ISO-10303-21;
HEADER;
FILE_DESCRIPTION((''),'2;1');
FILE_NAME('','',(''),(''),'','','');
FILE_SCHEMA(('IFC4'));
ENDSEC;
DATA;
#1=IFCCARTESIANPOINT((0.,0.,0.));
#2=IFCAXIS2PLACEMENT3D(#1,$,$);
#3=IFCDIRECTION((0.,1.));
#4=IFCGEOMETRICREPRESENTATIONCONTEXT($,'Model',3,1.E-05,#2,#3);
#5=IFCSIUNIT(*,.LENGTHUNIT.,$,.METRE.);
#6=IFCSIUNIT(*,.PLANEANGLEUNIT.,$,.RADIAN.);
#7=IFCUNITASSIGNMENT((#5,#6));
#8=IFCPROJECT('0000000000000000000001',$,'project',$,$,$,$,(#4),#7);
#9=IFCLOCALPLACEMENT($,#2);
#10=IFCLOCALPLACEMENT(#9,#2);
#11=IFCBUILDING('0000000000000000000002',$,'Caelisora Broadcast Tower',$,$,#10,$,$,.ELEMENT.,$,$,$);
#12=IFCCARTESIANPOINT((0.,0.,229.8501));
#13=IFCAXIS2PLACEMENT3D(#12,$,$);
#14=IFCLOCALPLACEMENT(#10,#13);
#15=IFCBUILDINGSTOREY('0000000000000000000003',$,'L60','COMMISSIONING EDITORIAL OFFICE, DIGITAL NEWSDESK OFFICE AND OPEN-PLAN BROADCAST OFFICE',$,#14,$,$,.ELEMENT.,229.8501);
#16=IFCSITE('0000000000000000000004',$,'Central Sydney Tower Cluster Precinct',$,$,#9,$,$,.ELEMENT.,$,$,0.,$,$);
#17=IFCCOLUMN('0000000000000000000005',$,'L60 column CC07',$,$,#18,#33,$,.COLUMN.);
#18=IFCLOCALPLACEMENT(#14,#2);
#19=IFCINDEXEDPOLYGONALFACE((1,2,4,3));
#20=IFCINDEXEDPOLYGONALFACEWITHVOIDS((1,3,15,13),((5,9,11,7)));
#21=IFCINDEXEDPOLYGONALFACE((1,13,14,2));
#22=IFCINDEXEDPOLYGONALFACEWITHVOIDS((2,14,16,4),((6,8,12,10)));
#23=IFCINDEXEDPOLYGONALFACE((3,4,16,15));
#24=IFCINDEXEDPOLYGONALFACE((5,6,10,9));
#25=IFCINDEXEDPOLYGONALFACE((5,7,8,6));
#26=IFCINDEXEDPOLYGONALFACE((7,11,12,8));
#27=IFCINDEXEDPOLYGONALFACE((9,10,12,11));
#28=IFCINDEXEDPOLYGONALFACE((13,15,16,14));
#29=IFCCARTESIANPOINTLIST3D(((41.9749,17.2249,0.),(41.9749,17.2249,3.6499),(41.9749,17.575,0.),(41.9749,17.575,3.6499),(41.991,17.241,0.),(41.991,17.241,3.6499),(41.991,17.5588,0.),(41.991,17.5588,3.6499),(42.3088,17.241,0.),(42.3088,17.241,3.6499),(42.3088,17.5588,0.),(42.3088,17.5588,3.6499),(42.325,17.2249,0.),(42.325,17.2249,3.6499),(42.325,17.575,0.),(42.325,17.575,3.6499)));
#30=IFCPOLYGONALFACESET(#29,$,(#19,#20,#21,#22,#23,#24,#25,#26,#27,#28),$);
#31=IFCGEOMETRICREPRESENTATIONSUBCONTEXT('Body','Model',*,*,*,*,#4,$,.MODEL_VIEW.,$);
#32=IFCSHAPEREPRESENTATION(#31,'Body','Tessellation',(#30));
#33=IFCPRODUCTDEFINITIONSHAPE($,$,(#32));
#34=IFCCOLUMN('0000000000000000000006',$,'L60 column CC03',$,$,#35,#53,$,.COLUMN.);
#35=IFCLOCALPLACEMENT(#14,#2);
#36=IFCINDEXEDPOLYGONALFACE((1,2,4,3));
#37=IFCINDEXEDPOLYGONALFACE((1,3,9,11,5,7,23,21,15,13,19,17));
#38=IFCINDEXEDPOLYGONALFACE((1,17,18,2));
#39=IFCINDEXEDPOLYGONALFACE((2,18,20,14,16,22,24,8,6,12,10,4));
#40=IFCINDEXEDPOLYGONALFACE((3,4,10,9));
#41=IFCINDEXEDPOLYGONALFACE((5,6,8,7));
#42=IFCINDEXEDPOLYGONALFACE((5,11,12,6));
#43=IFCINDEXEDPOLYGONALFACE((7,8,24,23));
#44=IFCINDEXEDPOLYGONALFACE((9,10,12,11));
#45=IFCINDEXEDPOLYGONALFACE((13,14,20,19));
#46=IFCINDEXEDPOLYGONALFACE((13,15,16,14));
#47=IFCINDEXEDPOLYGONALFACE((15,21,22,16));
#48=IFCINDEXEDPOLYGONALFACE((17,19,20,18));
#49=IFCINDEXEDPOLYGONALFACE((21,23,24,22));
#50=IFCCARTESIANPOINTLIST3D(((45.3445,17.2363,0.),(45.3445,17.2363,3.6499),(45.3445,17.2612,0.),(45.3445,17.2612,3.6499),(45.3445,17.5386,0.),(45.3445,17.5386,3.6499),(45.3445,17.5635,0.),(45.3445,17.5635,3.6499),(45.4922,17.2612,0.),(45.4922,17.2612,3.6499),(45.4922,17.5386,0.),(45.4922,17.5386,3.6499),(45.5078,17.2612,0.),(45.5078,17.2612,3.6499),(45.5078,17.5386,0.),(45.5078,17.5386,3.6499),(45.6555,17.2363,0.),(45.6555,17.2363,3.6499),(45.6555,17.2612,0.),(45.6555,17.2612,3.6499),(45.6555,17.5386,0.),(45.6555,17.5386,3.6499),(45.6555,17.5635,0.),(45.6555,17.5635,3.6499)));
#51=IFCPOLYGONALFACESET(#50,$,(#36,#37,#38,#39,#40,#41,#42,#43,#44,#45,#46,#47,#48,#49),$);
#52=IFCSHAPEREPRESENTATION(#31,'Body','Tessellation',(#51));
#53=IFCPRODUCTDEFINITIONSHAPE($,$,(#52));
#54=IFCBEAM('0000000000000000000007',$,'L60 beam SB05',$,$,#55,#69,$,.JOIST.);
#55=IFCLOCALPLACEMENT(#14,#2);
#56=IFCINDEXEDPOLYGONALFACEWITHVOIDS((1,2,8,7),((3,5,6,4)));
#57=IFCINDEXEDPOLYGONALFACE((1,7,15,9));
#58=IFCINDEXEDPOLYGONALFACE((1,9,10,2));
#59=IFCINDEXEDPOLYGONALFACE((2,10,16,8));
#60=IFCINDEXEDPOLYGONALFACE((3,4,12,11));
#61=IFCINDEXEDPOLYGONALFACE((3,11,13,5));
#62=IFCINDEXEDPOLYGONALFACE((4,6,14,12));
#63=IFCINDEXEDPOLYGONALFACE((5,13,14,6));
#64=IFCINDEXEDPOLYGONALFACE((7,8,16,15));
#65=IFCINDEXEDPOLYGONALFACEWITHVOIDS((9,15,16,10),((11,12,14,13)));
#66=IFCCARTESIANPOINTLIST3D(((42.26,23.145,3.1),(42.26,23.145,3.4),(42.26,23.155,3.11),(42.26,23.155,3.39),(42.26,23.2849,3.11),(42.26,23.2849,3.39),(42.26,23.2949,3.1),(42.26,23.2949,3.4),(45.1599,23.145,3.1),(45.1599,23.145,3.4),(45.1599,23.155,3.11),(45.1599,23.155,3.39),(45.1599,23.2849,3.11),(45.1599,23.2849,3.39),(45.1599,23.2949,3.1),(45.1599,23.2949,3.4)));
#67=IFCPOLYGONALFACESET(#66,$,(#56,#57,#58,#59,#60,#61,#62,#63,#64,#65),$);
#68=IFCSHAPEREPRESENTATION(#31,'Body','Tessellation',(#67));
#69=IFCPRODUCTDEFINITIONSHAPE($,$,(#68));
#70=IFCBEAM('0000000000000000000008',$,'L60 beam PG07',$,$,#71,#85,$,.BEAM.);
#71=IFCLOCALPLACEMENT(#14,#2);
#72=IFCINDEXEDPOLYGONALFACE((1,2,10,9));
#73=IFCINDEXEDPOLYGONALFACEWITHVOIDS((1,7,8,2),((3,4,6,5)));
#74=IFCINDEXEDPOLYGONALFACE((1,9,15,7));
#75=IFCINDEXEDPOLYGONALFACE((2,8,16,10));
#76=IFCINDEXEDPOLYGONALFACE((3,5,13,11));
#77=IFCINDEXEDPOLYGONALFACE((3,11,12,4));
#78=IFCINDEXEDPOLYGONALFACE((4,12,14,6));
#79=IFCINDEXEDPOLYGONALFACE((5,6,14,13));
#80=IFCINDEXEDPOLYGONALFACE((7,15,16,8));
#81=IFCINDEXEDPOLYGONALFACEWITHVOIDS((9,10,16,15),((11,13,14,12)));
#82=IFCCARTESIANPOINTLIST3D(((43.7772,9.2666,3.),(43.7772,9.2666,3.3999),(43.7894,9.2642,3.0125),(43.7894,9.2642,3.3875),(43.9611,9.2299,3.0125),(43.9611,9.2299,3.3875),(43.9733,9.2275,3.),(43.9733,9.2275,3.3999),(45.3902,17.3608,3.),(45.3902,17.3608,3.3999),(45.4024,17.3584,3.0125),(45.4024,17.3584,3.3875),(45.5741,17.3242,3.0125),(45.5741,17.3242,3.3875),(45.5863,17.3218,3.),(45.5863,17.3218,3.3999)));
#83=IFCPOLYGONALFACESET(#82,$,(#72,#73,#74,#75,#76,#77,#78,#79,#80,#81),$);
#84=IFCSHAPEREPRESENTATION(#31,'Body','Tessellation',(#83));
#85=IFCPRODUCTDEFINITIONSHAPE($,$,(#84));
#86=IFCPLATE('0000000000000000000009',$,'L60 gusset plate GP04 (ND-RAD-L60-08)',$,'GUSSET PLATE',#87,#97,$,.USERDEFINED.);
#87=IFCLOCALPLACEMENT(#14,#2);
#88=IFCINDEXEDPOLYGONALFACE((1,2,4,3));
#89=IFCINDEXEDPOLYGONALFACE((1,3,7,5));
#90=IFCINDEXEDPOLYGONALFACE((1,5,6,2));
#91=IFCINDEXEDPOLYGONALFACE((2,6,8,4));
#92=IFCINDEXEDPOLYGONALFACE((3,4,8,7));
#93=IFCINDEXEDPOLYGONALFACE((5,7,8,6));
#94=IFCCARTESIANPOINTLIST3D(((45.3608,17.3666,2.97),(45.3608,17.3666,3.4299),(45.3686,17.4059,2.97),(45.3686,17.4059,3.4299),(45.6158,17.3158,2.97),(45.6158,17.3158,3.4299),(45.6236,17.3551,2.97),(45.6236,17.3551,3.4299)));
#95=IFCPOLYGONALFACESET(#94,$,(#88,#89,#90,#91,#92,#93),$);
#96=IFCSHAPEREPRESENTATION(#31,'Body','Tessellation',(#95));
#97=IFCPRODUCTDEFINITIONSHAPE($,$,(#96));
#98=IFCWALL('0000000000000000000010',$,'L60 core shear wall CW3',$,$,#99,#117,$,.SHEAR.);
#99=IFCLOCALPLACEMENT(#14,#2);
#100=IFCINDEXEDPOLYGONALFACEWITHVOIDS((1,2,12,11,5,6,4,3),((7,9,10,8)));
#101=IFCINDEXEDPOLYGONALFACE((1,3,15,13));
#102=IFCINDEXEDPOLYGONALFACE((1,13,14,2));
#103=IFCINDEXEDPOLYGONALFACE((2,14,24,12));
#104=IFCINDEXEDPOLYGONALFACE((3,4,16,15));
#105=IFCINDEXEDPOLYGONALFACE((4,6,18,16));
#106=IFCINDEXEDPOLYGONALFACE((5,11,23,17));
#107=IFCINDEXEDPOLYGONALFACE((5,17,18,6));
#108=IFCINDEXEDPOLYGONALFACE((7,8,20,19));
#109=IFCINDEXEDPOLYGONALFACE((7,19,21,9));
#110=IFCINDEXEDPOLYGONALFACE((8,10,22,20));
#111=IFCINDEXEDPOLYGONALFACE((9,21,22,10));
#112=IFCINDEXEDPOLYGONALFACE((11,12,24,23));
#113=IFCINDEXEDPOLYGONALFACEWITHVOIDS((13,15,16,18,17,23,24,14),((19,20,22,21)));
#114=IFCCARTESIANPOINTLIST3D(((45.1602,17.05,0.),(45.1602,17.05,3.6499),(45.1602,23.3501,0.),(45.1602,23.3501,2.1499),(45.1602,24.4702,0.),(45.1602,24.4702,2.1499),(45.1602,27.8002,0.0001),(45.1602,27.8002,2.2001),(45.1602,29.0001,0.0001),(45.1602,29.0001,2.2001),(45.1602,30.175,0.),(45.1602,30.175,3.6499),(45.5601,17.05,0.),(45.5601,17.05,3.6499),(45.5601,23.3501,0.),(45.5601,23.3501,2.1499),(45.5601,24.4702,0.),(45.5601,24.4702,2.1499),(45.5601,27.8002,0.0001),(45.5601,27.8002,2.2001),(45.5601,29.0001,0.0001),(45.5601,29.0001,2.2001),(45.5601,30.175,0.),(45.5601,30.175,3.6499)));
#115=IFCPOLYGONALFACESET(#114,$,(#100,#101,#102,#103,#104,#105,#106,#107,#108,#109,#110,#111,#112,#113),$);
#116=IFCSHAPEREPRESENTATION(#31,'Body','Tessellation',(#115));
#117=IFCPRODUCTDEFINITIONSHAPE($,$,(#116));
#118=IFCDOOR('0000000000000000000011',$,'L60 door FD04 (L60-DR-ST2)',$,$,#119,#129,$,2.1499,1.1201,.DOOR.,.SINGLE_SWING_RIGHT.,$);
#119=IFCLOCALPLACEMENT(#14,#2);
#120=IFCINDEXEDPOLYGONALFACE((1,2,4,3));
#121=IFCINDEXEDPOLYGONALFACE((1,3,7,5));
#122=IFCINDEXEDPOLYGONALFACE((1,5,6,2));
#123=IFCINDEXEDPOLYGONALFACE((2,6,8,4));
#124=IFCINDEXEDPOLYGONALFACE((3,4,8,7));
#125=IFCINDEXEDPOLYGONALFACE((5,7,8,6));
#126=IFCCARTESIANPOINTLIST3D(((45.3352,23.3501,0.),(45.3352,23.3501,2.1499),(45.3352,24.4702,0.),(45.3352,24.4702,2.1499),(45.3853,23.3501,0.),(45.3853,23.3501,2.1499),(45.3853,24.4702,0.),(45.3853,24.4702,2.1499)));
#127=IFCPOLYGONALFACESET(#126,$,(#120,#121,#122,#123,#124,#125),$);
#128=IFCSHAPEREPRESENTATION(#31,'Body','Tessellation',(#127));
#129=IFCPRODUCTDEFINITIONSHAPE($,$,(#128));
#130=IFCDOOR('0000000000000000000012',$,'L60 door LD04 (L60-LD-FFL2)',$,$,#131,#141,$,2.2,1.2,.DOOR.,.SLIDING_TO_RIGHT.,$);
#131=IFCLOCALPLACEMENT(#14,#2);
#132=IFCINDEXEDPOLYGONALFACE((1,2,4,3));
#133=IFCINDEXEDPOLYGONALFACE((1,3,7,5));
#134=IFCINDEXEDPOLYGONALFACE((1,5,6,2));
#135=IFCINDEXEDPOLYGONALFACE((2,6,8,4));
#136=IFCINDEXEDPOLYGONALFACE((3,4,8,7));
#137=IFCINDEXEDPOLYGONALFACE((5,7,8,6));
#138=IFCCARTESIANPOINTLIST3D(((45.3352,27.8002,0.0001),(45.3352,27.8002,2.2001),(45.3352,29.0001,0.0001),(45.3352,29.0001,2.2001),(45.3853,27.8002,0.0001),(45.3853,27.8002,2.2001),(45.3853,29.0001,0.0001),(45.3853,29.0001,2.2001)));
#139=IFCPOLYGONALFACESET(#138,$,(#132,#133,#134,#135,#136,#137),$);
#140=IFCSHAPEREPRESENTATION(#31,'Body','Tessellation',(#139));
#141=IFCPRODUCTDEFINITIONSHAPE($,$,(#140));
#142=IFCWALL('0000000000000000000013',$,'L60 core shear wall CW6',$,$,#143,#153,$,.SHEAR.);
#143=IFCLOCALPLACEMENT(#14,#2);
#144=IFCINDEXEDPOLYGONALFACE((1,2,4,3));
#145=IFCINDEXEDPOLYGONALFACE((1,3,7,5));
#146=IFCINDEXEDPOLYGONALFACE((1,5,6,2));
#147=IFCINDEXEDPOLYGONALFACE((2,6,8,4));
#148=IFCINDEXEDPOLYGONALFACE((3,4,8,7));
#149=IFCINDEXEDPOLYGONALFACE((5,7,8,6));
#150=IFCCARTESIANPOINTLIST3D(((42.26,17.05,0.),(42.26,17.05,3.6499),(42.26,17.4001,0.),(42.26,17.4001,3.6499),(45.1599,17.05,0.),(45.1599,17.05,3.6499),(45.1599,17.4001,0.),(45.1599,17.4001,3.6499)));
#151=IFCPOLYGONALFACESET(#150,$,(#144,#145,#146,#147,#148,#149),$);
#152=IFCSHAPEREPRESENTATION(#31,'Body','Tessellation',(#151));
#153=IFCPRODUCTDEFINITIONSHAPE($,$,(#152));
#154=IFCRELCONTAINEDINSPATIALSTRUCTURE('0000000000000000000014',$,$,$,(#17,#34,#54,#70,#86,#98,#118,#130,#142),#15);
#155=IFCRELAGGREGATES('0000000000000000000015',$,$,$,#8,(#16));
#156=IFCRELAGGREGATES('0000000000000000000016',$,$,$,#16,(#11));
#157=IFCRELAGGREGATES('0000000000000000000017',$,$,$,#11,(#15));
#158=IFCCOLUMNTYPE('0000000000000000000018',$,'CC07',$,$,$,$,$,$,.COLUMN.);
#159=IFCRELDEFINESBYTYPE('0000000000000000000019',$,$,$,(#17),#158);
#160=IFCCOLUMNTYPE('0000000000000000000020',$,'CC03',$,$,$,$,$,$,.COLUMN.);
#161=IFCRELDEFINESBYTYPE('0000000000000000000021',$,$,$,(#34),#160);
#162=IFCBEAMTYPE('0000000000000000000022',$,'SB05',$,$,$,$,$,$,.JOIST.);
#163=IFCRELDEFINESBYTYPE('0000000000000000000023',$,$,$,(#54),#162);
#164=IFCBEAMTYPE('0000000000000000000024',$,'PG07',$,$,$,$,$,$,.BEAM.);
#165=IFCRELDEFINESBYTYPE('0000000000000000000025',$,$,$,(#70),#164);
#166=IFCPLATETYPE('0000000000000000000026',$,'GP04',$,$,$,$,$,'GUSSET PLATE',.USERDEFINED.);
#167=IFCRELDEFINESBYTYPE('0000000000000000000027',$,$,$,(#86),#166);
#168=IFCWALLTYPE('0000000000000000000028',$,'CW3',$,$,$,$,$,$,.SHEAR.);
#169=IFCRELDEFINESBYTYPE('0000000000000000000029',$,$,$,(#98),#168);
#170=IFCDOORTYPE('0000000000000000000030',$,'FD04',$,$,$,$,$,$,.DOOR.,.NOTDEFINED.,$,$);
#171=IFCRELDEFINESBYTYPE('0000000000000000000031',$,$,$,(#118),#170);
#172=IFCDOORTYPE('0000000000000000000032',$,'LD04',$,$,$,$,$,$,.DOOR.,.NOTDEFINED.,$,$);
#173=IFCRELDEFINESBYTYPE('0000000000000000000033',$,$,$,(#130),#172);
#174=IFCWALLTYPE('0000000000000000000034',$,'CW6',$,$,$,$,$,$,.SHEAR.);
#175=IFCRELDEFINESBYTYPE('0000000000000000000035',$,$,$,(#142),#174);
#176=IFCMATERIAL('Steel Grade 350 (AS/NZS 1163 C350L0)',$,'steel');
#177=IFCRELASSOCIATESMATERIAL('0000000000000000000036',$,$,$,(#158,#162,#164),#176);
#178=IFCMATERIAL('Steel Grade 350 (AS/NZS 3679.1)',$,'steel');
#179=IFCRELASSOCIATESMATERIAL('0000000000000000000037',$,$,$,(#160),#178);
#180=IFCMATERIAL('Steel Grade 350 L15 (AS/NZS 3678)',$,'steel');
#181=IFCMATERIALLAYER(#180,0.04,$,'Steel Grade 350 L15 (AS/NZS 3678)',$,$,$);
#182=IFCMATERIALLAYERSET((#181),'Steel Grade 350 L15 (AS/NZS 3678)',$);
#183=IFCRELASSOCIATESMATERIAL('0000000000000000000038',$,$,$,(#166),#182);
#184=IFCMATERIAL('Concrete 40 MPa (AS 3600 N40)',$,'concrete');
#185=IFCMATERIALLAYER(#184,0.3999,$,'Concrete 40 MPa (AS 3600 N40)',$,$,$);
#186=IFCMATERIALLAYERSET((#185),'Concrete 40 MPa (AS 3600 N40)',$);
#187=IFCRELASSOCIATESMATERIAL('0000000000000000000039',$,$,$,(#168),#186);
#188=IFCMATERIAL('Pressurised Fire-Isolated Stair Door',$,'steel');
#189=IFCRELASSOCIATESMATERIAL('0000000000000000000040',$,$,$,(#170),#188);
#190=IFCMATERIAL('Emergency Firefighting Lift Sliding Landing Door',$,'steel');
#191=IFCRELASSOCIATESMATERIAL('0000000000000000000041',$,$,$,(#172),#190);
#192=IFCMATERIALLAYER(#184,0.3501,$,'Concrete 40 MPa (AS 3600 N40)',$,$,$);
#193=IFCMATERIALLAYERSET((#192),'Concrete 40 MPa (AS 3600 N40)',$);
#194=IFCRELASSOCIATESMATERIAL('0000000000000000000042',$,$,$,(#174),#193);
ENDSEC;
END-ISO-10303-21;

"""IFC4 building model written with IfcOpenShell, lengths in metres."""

from ifc_helpers import new_model, si_unit, direction, frame, frame_2d, origin, origin_2d, place, context, subcontext, project, spatial, rectangle, hollow_rectangle, i_section, extrude, source, transform, mapped, material, layer, layer_set, material_profile, profile_set, type_object, type_shapes, element, fill, save


model = new_model("IFC4")

# Units and contexts
model_context = context("Model", 3, precision=1e-05, world=origin(), true_north=direction((0.0, 1.0)))
body_context = subcontext(model_context, "Body", "Model", "MODEL_VIEW")
ifc_project = project(units=[si_unit("LENGTHUNIT", "METRE"), si_unit("PLANEANGLEUNIT", "RADIAN")], contexts=[model_context])

# Site, building, storey
site_placement = place(None, origin())
site = spatial("IfcSite", under=ifc_project, at=site_placement, Name="Central Sydney Tower Cluster Precinct", CompositionType="ELEMENT", RefElevation=0.0)
building_placement = place(site_placement, origin())
building = spatial("IfcBuilding", under=site, at=building_placement, Name="Caelisora Broadcast Tower", CompositionType="ELEMENT")
storey_placement = place(building_placement, frame((0.0, 0.0, 229.8501)))
storey = spatial("IfcBuildingStorey", under=building, at=storey_placement, Name="L60", Description="COMMISSIONING EDITORIAL OFFICE, DIGITAL NEWSDESK OFFICE AND OPEN-PLAN BROADCAST OFFICE", CompositionType="ELEMENT", Elevation=229.8501)

# Columns
ifc_material_1 = material(Name="Steel Grade 350 (AS/NZS 1163 C350L0)", Category="steel")
ifc_material_profile_1 = material_profile(ifc_material_1, hollow_rectangle(XDim=0.3501, YDim=0.3501, WallThickness=0.0161, at=origin_2d()), Name="Steel Grade 350 (AS/NZS 1163 C350L0)")
ifc_profile_set_1 = profile_set([ifc_material_profile_1], Name="Steel Grade 350 (AS/NZS 1163 C350L0)")
column_type_1 = type_object("IfcColumnType", Name="CC07", PredefinedType="COLUMN", material=ifc_profile_set_1)
shared_shape_1 = source(origin(), body_context, "Body", "SweptSolid", [
    extrude(hollow_rectangle(XDim=0.3501, YDim=0.3501, WallThickness=0.0161, at=origin_2d()), origin(), (0.0, 0.0, 1.0), 3.6499),
])
type_shapes(column_type_1, [shared_shape_1])
column_1_placement = place(storey_placement, frame((42.1499, 17.3999, 0.0), z_axis=(0.0, 0.0, 1.0), x_axis=(1.0, 0.0, 0.0)))
element("IfcColumn", 1, at=column_1_placement, inside=storey, type_object=column_type_1, Name="L60 column CC07", PredefinedType="COLUMN", context=body_context, shape_type="MappedRepresentation", body=[
    mapped(shared_shape_1, transform((0.0, 0.0, 0.0), scale=1.0)),
])
ifc_material_2 = material(Name="Steel Grade 350 (AS/NZS 3679.1)", Category="steel")
ifc_material_profile_2 = material_profile(ifc_material_2, i_section(OverallWidth=0.311, OverallDepth=0.3271, WebThickness=0.0156, FlangeThickness=0.0249, at=origin_2d()), Name="Steel Grade 350 (AS/NZS 3679.1)")
ifc_profile_set_2 = profile_set([ifc_material_profile_2], Name="Steel Grade 350 (AS/NZS 3679.1)")
column_type_2 = type_object("IfcColumnType", Name="CC03", PredefinedType="COLUMN", material=ifc_profile_set_2)
shared_shape_2 = source(origin(), body_context, "Body", "SweptSolid", [
    extrude(i_section(OverallWidth=0.311, OverallDepth=0.3271, WebThickness=0.0156, FlangeThickness=0.0249, at=origin_2d()), origin(), (0.0, 0.0, 1.0), 3.6499),
])
type_shapes(column_type_2, [shared_shape_2])
column_2_placement = place(storey_placement, frame((45.5, 17.3999, 0.0), z_axis=(0.0, 0.0, 1.0), x_axis=(1.0, 0.0, 0.0)))
element("IfcColumn", 2, at=column_2_placement, inside=storey, type_object=column_type_2, Name="L60 column CC03", PredefinedType="COLUMN", context=body_context, shape_type="MappedRepresentation", body=[
    mapped(shared_shape_2, transform((0.0, 0.0, 0.0), scale=1.0)),
])

# Beams
ifc_material_profile_3 = material_profile(ifc_material_1, hollow_rectangle(XDim=0.1499, YDim=0.3, WallThickness=0.01, at=origin_2d()), Name="Steel Grade 350 (AS/NZS 1163 C350L0)")
ifc_profile_set_3 = profile_set([ifc_material_profile_3], Name="Steel Grade 350 (AS/NZS 1163 C350L0)")
beam_type_1 = type_object("IfcBeamType", Name="SB05", PredefinedType="JOIST", material=ifc_profile_set_3)
shared_shape_3 = source(origin(), body_context, "Body", "SweptSolid", [
    extrude(hollow_rectangle(XDim=0.1499, YDim=0.3, WallThickness=0.01, at=origin_2d()), origin(), (0.0, 0.0, 1.0), 2.8999),
])
type_shapes(beam_type_1, [shared_shape_3])
beam_1_placement = place(storey_placement, frame((42.26, 23.22, 3.25), z_axis=(1.0, 0.0, 0.0), x_axis=(0.0, 1.0, 0.0)))
element("IfcBeam", 3, at=beam_1_placement, inside=storey, type_object=beam_type_1, Name="L60 beam SB05", PredefinedType="JOIST", context=body_context, shape_type="MappedRepresentation", body=[
    mapped(shared_shape_3, transform((0.0, 0.0, 0.0), scale=1.0)),
])
ifc_material_profile_4 = material_profile(ifc_material_1, hollow_rectangle(XDim=0.2, YDim=0.3999, WallThickness=0.0125, at=origin_2d()), Name="Steel Grade 350 (AS/NZS 1163 C350L0)")
ifc_profile_set_4 = profile_set([ifc_material_profile_4], Name="Steel Grade 350 (AS/NZS 1163 C350L0)")
beam_type_2 = type_object("IfcBeamType", Name="PG07", PredefinedType="BEAM", material=ifc_profile_set_4)
shared_shape_4 = source(origin(), body_context, "Body", "SweptSolid", [
    extrude(hollow_rectangle(XDim=0.2, YDim=0.3999, WallThickness=0.0125, at=origin_2d()), origin(), (0.0, 0.0, 1.0), 8.2534),
])
type_shapes(beam_type_2, [shared_shape_4])
beam_2_placement = place(storey_placement, frame((45.4883, 17.3413, 3.2), z_axis=(-0.195439, -0.980716, 0.0), x_axis=(0.980716, -0.195439, 0.0)))
element("IfcBeam", 4, at=beam_2_placement, inside=storey, type_object=beam_type_2, Name="L60 beam PG07", PredefinedType="BEAM", context=body_context, shape_type="MappedRepresentation", body=[
    mapped(shared_shape_4, transform((0.0, 0.0, 0.0), scale=1.0)),
])

# Plate
ifc_material_3 = material(Name="Steel Grade 350 L15 (AS/NZS 3678)", Category="steel")
ifc_layer_1 = layer(ifc_material_3, 0.04, Name="Steel Grade 350 L15 (AS/NZS 3678)")
ifc_layer_set_1 = layer_set([ifc_layer_1], Name="Steel Grade 350 L15 (AS/NZS 3678)")
plate_type = type_object("IfcPlateType", Name="GP04", ElementType="GUSSET PLATE", PredefinedType="USERDEFINED", material=ifc_layer_set_1)
shared_shape_5 = source(origin(), body_context, "Body", "SweptSolid", [
    extrude(rectangle(XDim=0.26, YDim=0.04, at=origin_2d()), origin(), (0.0, 0.0, 1.0), 0.46),
])
type_shapes(plate_type, [shared_shape_5])
plate_placement = place(storey_placement, frame((45.4922, 17.3608, 2.97), z_axis=(0.0, 0.0, 1.0), x_axis=(0.980717, -0.195433, 0.0)))
element("IfcPlate", 5, at=plate_placement, inside=storey, type_object=plate_type, Name="L60 gusset plate GP04 (ND-RAD-L60-08)", ObjectType="GUSSET PLATE", PredefinedType="USERDEFINED", context=body_context, shape_type="MappedRepresentation", body=[
    mapped(shared_shape_5, transform((0.0, 0.0, 0.0), scale=1.0)),
])

# Wall, openings, doors
ifc_material_4 = material(Name="Concrete 40 MPa (AS 3600 N40)", Category="concrete")
ifc_layer_2 = layer(ifc_material_4, 0.3999, Name="Concrete 40 MPa (AS 3600 N40)")
ifc_layer_set_2 = layer_set([ifc_layer_2], Name="Concrete 40 MPa (AS 3600 N40)")
wall_type_1 = type_object("IfcWallType", Name="CW3", PredefinedType="SHEAR", material=ifc_layer_set_2)
wall_1_placement = place(storey_placement, frame((45.3601, 17.05, 0.0), z_axis=(0.0, 0.0, 1.0), x_axis=(0.0, 1.0, 0.0)))
wall_1 = element("IfcWall", 6, at=wall_1_placement, inside=storey, type_object=wall_type_1, Name="L60 core shear wall CW3", PredefinedType="SHEAR", context=body_context, shape_type="SweptSolid", body=[
    extrude(rectangle(XDim=13.125, YDim=0.3999, at=frame_2d((6.5625, 0.0))), origin(), (0.0, 0.0, 1.0), 3.6499),
])
opening_1_placement = place(wall_1_placement, frame((6.3, 0.0, 0.0)))
opening_1 = element("IfcOpeningElement", 7, at=opening_1_placement, cuts=wall_1, PredefinedType="OPENING", context=body_context, shape_type="SweptSolid", body=[
    extrude(rectangle(XDim=1.1201, YDim=2.1499, at=frame_2d((0.5601, 1.075))), frame((0.0, 0.2119, 0.0), z_axis=(0.0, -1.0, 0.0), x_axis=(1.0, 0.0, 0.0)), (0.0, 0.0, 1.0), 0.4238),
])
opening_2_placement = place(wall_1_placement, frame((10.75, 0.0, 0.0)))
opening_2 = element("IfcOpeningElement", 8, at=opening_2_placement, cuts=wall_1, PredefinedType="OPENING", context=body_context, shape_type="SweptSolid", body=[
    extrude(rectangle(XDim=1.2, YDim=2.2, at=frame_2d((0.6001, 1.1001))), frame((0.0, 0.2119, 0.0), z_axis=(0.0, -1.0, 0.0), x_axis=(1.0, 0.0, 0.0)), (0.0, 0.0, 1.0), 0.4238),
])
ifc_material_5 = material(Name="Pressurised Fire-Isolated Stair Door", Category="steel")
door_type_1 = type_object("IfcDoorType", Name="FD04", OperationType="NOTDEFINED", PredefinedType="DOOR", material=ifc_material_5)
door_1_placement = place(opening_1_placement, origin())
door_1 = element("IfcDoor", 9, at=door_1_placement, inside=storey, type_object=door_type_1, Name="L60 door FD04 (L60-DR-ST2)", OperationType="SINGLE_SWING_RIGHT", OverallHeight=2.1499, OverallWidth=1.1201, PredefinedType="DOOR", context=body_context, shape_type="SweptSolid", body=[
    extrude(rectangle(XDim=1.1201, YDim=2.1499, at=frame_2d((0.5601, 1.075))), frame((0.0, 0.0249, 0.0), z_axis=(0.0, -1.0, 0.0), x_axis=(1.0, 0.0, 0.0)), (0.0, 0.0, 1.0), 0.05),
])
fill(opening_1, door_1)
ifc_material_6 = material(Name="Emergency Firefighting Lift Sliding Landing Door", Category="steel")
door_type_2 = type_object("IfcDoorType", Name="LD04", OperationType="NOTDEFINED", PredefinedType="DOOR", material=ifc_material_6)
door_2_placement = place(opening_2_placement, origin())
door_2 = element("IfcDoor", 10, at=door_2_placement, inside=storey, type_object=door_type_2, Name="L60 door LD04 (L60-LD-FFL2)", OperationType="SLIDING_TO_RIGHT", OverallHeight=2.2, OverallWidth=1.2, PredefinedType="DOOR", context=body_context, shape_type="SweptSolid", body=[
    extrude(rectangle(XDim=1.2, YDim=2.2, at=frame_2d((0.6001, 1.1001))), frame((0.0, 0.0249, 0.0), z_axis=(0.0, -1.0, 0.0), x_axis=(1.0, 0.0, 0.0)), (0.0, 0.0, 1.0), 0.05),
])
fill(opening_2, door_2)

# Wall
ifc_layer_3 = layer(ifc_material_4, 0.3501, Name="Concrete 40 MPa (AS 3600 N40)")
ifc_layer_set_3 = layer_set([ifc_layer_3], Name="Concrete 40 MPa (AS 3600 N40)")
wall_type_2 = type_object("IfcWallType", Name="CW6", PredefinedType="SHEAR", material=ifc_layer_set_3)
wall_2_placement = place(storey_placement, frame((42.26, 17.2251, 0.0), z_axis=(0.0, 0.0, 1.0), x_axis=(1.0, 0.0, 0.0)))
element("IfcWall", 11, at=wall_2_placement, inside=storey, type_object=wall_type_2, Name="L60 core shear wall CW6", PredefinedType="SHEAR", context=body_context, shape_type="SweptSolid", body=[
    extrude(rectangle(XDim=2.8999, YDim=0.3501, at=frame_2d((1.45, 0.0))), origin(), (0.0, 0.0, 1.0), 3.6499),
])

save(model, "model.ifc")
